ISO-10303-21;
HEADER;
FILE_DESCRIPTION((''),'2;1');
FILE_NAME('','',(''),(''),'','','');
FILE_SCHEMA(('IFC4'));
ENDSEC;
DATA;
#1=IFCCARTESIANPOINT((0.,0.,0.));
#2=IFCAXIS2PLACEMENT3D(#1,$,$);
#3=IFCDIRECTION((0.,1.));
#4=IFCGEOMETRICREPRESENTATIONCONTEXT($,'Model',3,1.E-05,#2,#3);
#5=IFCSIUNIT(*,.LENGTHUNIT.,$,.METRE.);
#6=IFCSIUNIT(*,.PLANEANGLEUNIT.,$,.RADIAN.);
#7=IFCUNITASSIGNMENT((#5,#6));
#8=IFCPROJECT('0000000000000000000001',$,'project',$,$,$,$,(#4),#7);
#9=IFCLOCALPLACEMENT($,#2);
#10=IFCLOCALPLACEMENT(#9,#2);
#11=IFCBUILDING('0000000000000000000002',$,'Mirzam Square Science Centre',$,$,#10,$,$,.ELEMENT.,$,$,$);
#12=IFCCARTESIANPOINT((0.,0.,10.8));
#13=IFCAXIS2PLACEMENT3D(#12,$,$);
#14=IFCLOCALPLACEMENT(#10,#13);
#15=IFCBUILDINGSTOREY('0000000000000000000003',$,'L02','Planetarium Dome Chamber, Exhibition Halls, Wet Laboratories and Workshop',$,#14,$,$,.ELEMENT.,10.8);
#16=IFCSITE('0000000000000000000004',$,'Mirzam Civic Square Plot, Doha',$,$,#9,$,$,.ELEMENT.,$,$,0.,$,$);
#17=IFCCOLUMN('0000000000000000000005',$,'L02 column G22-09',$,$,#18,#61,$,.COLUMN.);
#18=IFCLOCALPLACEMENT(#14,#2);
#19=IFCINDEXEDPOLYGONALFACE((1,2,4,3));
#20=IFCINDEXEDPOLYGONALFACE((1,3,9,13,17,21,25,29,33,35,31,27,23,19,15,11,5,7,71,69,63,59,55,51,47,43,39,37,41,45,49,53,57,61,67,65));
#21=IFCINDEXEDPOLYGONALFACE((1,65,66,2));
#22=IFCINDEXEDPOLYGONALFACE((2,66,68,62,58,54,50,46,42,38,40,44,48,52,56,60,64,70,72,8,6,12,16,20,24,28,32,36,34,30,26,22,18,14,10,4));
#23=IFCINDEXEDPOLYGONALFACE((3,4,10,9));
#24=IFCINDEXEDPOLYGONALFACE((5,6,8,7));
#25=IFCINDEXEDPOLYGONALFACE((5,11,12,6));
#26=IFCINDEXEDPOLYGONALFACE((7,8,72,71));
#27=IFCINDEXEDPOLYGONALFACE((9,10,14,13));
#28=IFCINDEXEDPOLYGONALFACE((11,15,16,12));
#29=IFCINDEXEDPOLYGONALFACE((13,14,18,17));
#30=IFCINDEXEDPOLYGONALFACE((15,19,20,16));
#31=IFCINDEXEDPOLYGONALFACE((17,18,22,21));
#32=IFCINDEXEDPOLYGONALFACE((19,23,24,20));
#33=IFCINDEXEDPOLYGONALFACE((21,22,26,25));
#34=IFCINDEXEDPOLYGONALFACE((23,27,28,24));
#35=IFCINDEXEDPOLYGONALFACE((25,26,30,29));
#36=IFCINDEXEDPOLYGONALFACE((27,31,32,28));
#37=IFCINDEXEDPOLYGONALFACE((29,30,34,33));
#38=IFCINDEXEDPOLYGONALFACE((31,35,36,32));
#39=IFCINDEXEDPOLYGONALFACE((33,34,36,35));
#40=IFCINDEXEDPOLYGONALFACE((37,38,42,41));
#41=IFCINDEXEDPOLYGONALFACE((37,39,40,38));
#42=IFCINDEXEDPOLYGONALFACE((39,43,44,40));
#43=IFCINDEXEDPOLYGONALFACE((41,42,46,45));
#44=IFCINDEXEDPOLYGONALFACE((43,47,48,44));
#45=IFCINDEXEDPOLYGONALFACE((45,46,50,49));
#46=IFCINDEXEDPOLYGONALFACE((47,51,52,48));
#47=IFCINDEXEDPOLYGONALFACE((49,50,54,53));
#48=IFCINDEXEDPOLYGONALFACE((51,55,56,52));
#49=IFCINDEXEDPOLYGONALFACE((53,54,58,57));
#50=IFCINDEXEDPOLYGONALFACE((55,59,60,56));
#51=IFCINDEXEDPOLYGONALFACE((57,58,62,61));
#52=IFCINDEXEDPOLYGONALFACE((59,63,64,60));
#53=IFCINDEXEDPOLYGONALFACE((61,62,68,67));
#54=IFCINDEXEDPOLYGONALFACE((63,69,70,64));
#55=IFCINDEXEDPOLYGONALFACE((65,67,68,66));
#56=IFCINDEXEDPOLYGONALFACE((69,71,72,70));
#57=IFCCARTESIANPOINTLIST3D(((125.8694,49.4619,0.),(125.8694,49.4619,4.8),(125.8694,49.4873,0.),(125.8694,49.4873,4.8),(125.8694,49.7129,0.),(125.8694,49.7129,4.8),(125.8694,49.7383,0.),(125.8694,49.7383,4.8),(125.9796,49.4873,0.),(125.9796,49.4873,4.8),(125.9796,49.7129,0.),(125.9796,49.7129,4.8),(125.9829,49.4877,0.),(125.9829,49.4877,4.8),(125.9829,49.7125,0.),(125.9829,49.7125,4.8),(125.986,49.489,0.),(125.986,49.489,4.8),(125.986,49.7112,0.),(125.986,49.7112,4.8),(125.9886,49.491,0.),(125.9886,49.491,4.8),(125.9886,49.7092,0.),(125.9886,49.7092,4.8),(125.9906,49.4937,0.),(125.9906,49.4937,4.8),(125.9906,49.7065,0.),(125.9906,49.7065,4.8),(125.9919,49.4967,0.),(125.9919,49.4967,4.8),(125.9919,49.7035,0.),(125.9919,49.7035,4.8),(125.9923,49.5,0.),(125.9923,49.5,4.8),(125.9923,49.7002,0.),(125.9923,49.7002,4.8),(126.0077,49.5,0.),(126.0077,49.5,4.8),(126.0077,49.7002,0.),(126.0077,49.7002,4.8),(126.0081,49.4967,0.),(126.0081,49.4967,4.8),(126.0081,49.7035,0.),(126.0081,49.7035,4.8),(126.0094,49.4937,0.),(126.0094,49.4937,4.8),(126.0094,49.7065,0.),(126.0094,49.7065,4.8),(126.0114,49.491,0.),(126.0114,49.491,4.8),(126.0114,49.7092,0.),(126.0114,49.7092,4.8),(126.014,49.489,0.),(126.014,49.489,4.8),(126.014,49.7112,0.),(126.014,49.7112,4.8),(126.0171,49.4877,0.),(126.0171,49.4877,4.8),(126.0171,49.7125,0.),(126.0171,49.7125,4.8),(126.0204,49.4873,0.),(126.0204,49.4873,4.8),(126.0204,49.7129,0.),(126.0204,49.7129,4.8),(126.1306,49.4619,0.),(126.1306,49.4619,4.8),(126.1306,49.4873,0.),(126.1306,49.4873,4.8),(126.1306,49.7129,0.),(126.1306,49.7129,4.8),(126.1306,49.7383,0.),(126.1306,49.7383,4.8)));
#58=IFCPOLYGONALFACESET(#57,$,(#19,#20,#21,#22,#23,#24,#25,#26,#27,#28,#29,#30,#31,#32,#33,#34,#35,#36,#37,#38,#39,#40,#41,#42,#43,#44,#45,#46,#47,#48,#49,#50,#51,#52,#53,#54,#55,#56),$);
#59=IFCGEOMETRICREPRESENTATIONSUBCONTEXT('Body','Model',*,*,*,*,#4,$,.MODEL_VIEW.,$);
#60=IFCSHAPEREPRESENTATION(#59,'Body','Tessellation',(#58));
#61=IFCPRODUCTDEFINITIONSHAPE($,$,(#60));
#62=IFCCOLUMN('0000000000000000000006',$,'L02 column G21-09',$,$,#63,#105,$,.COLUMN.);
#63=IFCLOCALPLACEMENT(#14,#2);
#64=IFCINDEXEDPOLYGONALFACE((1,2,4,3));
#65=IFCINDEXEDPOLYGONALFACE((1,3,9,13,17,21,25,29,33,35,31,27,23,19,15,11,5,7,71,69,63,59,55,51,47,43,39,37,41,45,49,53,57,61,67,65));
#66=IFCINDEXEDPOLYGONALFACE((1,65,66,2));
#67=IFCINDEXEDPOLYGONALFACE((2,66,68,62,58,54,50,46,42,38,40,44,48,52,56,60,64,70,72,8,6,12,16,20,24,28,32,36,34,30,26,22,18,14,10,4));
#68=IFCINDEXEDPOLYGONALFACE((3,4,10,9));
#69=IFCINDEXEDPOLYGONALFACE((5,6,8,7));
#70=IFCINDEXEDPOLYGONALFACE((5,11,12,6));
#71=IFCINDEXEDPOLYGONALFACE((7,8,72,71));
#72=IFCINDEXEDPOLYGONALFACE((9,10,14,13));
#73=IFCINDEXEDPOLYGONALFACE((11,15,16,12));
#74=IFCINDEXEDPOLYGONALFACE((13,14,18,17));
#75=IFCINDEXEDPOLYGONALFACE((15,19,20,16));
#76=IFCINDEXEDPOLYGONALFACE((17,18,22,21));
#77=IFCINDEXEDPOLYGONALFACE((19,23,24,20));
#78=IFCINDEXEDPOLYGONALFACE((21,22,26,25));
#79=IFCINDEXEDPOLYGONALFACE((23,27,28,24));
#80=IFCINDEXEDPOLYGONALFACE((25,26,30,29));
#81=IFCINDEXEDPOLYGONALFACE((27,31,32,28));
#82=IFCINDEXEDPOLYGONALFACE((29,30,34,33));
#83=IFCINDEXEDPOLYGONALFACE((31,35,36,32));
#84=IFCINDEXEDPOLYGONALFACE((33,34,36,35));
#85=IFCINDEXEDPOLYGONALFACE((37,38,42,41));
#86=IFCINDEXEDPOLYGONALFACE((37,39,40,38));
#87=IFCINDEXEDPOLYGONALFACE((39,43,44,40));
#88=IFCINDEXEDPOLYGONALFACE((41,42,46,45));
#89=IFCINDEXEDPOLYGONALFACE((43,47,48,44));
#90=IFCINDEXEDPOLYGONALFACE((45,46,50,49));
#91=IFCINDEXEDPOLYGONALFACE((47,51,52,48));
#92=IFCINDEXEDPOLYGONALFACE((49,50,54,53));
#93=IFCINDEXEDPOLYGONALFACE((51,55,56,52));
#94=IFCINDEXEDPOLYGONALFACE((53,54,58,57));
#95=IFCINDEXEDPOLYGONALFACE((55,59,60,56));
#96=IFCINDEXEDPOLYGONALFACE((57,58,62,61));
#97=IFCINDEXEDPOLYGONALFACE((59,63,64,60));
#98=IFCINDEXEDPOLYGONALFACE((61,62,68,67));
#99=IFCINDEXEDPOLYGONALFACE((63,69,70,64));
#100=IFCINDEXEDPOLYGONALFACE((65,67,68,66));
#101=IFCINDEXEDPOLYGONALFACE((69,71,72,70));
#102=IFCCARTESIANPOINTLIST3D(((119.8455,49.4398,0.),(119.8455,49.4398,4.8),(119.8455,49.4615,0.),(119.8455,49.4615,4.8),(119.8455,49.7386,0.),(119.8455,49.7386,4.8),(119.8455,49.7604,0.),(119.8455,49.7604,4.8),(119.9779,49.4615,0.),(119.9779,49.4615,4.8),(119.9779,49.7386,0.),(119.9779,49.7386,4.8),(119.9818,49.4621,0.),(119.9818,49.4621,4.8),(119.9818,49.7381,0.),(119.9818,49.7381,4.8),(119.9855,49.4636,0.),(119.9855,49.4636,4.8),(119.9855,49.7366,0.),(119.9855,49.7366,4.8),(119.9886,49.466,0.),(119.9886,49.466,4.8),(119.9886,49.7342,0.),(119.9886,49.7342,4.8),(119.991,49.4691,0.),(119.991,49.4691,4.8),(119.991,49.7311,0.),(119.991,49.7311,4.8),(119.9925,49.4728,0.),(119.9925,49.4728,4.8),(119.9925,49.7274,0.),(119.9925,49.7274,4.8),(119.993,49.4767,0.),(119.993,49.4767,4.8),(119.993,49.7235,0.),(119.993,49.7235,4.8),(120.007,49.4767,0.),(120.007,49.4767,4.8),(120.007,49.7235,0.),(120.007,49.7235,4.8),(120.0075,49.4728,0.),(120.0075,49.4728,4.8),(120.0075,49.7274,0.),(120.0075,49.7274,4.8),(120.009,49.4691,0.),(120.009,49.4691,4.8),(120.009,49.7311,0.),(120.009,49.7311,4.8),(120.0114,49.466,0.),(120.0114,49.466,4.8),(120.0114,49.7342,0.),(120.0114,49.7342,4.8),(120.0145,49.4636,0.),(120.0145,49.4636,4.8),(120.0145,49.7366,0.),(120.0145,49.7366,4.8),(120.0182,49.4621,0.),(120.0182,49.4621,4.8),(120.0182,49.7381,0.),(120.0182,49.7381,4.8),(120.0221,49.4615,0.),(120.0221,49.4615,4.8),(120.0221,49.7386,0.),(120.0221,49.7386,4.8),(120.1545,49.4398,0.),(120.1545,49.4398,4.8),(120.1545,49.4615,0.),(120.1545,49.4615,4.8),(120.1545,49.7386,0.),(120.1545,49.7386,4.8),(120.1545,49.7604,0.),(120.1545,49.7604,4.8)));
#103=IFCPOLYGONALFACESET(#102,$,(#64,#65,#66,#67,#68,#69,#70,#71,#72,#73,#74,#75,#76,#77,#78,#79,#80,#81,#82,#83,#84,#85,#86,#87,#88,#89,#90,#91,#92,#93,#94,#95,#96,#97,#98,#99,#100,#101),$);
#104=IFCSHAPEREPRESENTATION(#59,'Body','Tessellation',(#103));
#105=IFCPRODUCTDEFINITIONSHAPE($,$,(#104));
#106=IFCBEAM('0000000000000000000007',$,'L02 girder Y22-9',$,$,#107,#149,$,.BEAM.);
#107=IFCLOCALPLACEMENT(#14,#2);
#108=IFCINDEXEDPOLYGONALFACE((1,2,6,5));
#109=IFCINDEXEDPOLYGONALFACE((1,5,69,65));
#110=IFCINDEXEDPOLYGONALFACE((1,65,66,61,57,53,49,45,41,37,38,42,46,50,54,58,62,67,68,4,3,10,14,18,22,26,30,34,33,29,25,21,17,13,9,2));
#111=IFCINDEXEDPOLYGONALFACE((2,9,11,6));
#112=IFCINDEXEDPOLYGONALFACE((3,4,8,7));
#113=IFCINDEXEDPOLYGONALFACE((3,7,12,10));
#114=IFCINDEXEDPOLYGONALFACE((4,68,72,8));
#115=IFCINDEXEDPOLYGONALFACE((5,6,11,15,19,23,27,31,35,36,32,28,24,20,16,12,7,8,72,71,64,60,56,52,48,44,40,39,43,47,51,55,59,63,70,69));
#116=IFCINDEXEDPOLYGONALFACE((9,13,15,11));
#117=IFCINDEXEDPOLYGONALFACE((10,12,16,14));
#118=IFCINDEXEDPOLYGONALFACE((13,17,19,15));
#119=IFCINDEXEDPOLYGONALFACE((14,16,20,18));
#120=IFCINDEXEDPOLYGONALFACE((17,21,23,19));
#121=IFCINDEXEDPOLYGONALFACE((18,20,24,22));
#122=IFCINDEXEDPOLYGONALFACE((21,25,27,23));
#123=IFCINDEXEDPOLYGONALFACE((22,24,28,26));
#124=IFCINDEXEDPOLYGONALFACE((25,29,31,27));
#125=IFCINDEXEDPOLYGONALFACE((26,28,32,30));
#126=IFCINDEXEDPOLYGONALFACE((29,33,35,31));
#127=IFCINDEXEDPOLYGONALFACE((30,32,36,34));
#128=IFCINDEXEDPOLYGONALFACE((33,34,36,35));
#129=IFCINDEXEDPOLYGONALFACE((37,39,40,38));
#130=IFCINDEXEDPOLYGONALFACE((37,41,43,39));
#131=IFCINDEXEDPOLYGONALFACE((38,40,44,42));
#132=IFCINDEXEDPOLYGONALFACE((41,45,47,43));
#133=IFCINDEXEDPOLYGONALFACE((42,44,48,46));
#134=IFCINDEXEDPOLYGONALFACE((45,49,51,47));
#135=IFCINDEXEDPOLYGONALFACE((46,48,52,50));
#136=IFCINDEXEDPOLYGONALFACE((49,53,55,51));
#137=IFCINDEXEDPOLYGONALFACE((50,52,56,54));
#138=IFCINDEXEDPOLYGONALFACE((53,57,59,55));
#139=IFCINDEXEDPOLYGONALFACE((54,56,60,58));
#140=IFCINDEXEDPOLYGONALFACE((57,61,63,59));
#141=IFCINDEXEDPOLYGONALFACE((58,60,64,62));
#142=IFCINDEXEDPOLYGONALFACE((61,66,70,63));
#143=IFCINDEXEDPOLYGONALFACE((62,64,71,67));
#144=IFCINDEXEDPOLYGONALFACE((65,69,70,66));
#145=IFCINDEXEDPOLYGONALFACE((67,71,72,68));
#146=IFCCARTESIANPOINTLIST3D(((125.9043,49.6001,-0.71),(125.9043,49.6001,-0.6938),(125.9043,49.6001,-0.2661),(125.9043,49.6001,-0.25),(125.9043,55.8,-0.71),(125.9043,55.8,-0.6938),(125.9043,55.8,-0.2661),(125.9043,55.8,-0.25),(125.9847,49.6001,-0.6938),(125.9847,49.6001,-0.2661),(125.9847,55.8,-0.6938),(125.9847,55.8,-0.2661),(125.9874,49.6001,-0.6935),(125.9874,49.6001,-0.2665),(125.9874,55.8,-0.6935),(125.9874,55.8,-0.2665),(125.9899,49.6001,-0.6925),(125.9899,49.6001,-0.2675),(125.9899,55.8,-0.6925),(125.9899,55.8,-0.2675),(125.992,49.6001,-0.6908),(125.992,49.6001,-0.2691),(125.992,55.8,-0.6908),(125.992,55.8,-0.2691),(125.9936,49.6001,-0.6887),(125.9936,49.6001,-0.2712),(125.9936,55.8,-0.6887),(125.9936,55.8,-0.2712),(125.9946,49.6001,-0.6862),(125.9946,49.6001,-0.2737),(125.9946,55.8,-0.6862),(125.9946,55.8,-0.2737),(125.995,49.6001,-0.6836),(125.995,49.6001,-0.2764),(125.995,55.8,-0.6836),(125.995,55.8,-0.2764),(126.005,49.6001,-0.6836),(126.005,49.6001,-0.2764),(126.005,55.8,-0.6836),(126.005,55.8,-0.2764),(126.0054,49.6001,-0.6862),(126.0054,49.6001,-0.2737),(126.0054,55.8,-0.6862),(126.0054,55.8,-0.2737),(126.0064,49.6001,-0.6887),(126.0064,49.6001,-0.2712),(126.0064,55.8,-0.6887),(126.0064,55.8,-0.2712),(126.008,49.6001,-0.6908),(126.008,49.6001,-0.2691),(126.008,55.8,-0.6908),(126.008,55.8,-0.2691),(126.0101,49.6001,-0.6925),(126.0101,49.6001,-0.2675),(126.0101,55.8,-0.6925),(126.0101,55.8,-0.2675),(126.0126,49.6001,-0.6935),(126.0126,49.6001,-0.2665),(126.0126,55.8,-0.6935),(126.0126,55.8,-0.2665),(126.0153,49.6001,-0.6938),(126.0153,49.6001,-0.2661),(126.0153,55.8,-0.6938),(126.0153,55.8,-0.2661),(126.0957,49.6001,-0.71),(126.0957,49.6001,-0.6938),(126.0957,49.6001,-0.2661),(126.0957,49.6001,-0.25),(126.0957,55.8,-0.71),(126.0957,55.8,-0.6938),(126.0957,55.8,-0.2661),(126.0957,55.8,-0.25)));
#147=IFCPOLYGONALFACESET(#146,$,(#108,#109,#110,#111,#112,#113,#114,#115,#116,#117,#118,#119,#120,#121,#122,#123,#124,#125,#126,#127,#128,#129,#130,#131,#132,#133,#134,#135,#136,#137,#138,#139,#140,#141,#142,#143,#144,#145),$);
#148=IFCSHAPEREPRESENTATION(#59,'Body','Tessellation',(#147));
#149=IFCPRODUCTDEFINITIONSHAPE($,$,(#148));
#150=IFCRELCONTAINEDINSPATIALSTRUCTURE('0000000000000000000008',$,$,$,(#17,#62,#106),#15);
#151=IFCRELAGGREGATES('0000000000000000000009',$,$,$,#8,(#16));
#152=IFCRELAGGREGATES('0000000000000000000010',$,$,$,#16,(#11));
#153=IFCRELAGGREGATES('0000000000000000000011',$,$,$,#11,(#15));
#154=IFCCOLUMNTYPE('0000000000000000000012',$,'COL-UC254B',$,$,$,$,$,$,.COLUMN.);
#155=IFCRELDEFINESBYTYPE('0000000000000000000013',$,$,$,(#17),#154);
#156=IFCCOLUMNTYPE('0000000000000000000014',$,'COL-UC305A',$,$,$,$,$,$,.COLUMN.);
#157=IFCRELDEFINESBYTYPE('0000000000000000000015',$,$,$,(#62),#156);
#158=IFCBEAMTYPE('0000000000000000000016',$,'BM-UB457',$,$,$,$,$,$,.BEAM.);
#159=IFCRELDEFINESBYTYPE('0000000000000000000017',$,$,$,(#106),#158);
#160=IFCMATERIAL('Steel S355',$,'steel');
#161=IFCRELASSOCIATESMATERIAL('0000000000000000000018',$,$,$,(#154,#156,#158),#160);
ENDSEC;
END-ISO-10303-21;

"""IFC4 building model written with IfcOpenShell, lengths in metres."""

from ifc_helpers import new_model, si_unit, direction, frame, origin, origin_2d, place, context, subcontext, project, spatial, i_section, extrude, material, material_profile, profile_set, type_object, element, save


model = new_model("IFC4")

# Units and contexts
model_context = context("Model", 3, precision=1e-05, world=origin(), true_north=direction((0.0, 1.0)))
body_context = subcontext(model_context, "Body", "Model", "MODEL_VIEW")
ifc_project = project(units=[si_unit("LENGTHUNIT", "METRE"), si_unit("PLANEANGLEUNIT", "RADIAN")], contexts=[model_context])

# Site, building, storey
site_placement = place(None, origin())
site = spatial("IfcSite", under=ifc_project, at=site_placement, Name="Mirzam Civic Square Plot, Doha", CompositionType="ELEMENT", RefElevation=0.0)
building_placement = place(site_placement, origin())
building = spatial("IfcBuilding", under=site, at=building_placement, Name="Mirzam Square Science Centre", CompositionType="ELEMENT")
storey_placement = place(building_placement, frame((0.0, 0.0, 10.8)))
storey = spatial("IfcBuildingStorey", under=building, at=storey_placement, Name="L02", Description="Planetarium Dome Chamber, Exhibition Halls, Wet Laboratories and Workshop", CompositionType="ELEMENT", Elevation=10.8)

# Columns
ifc_material_1 = material(Name="Steel S355", Category="steel")
ifc_material_profile_1 = material_profile(ifc_material_1, i_section(OverallWidth=0.2612, OverallDepth=0.2764, WebThickness=0.0154, FlangeThickness=0.0254, FilletRadius=0.0127, at=origin_2d()), Name="254x254x132UC")
ifc_profile_set_1 = profile_set([ifc_material_profile_1], Name="Steel S355")
column_type_1 = type_object("IfcColumnType", Name="COL-UC254B", PredefinedType="COLUMN", material=ifc_profile_set_1)
column_1_placement = place(storey_placement, frame((126.0, 49.6001, 0.0), z_axis=(0.0, 0.0, 1.0), x_axis=(1.0, 0.0, 0.0)))
element("IfcColumn", 1, at=column_1_placement, inside=storey, type_object=column_type_1, Name="L02 column G22-09", PredefinedType="COLUMN", context=body_context, shape_type="SweptSolid", body=[
    extrude(i_section(OverallWidth=0.2612, OverallDepth=0.2764, WebThickness=0.0154, FlangeThickness=0.0254, FilletRadius=0.0127, at=origin_2d()), origin(), (0.0, 0.0, 1.0), 4.8),
])
ifc_material_profile_2 = material_profile(ifc_material_1, i_section(OverallWidth=0.3091, OverallDepth=0.3206, WebThickness=0.0139, FlangeThickness=0.0217, FilletRadius=0.0151, at=origin_2d()), Name="305x305x137UC")
ifc_profile_set_2 = profile_set([ifc_material_profile_2], Name="Steel S355")
column_type_2 = type_object("IfcColumnType", Name="COL-UC305A", PredefinedType="COLUMN", material=ifc_profile_set_2)
column_2_placement = place(storey_placement, frame((120.0, 49.6001, 0.0), z_axis=(0.0, 0.0, 1.0), x_axis=(1.0, 0.0, 0.0)))
element("IfcColumn", 2, at=column_2_placement, inside=storey, type_object=column_type_2, Name="L02 column G21-09", PredefinedType="COLUMN", context=body_context, shape_type="SweptSolid", body=[
    extrude(i_section(OverallWidth=0.3091, OverallDepth=0.3206, WebThickness=0.0139, FlangeThickness=0.0217, FilletRadius=0.0151, at=origin_2d()), origin(), (0.0, 0.0, 1.0), 4.8),
])

# Beam
ifc_material_profile_3 = material_profile(ifc_material_1, i_section(OverallWidth=0.1914, OverallDepth=0.46, WebThickness=0.01, FlangeThickness=0.0161, FilletRadius=0.0103, at=origin_2d()), Name="457x191x82UB")
ifc_profile_set_3 = profile_set([ifc_material_profile_3], Name="Steel S355")
beam_type_1 = type_object("IfcBeamType", Name="BM-UB457", PredefinedType="BEAM", material=ifc_profile_set_3)
beam_1_placement = place(storey_placement, frame((126.0, 49.6001, -0.48), z_axis=(0.0, 1.0, 0.0), x_axis=(-1.0, 0.0, 0.0)))
element("IfcBeam", 3, at=beam_1_placement, inside=storey, type_object=beam_type_1, Name="L02 girder Y22-9", PredefinedType="BEAM", context=body_context, shape_type="SweptSolid", body=[
    extrude(i_section(OverallWidth=0.1914, OverallDepth=0.46, WebThickness=0.01, FlangeThickness=0.0161, FilletRadius=0.0103, at=origin_2d()), origin(), (0.0, 0.0, 1.0), 6.2),
])

save(model, "model.ifc")
